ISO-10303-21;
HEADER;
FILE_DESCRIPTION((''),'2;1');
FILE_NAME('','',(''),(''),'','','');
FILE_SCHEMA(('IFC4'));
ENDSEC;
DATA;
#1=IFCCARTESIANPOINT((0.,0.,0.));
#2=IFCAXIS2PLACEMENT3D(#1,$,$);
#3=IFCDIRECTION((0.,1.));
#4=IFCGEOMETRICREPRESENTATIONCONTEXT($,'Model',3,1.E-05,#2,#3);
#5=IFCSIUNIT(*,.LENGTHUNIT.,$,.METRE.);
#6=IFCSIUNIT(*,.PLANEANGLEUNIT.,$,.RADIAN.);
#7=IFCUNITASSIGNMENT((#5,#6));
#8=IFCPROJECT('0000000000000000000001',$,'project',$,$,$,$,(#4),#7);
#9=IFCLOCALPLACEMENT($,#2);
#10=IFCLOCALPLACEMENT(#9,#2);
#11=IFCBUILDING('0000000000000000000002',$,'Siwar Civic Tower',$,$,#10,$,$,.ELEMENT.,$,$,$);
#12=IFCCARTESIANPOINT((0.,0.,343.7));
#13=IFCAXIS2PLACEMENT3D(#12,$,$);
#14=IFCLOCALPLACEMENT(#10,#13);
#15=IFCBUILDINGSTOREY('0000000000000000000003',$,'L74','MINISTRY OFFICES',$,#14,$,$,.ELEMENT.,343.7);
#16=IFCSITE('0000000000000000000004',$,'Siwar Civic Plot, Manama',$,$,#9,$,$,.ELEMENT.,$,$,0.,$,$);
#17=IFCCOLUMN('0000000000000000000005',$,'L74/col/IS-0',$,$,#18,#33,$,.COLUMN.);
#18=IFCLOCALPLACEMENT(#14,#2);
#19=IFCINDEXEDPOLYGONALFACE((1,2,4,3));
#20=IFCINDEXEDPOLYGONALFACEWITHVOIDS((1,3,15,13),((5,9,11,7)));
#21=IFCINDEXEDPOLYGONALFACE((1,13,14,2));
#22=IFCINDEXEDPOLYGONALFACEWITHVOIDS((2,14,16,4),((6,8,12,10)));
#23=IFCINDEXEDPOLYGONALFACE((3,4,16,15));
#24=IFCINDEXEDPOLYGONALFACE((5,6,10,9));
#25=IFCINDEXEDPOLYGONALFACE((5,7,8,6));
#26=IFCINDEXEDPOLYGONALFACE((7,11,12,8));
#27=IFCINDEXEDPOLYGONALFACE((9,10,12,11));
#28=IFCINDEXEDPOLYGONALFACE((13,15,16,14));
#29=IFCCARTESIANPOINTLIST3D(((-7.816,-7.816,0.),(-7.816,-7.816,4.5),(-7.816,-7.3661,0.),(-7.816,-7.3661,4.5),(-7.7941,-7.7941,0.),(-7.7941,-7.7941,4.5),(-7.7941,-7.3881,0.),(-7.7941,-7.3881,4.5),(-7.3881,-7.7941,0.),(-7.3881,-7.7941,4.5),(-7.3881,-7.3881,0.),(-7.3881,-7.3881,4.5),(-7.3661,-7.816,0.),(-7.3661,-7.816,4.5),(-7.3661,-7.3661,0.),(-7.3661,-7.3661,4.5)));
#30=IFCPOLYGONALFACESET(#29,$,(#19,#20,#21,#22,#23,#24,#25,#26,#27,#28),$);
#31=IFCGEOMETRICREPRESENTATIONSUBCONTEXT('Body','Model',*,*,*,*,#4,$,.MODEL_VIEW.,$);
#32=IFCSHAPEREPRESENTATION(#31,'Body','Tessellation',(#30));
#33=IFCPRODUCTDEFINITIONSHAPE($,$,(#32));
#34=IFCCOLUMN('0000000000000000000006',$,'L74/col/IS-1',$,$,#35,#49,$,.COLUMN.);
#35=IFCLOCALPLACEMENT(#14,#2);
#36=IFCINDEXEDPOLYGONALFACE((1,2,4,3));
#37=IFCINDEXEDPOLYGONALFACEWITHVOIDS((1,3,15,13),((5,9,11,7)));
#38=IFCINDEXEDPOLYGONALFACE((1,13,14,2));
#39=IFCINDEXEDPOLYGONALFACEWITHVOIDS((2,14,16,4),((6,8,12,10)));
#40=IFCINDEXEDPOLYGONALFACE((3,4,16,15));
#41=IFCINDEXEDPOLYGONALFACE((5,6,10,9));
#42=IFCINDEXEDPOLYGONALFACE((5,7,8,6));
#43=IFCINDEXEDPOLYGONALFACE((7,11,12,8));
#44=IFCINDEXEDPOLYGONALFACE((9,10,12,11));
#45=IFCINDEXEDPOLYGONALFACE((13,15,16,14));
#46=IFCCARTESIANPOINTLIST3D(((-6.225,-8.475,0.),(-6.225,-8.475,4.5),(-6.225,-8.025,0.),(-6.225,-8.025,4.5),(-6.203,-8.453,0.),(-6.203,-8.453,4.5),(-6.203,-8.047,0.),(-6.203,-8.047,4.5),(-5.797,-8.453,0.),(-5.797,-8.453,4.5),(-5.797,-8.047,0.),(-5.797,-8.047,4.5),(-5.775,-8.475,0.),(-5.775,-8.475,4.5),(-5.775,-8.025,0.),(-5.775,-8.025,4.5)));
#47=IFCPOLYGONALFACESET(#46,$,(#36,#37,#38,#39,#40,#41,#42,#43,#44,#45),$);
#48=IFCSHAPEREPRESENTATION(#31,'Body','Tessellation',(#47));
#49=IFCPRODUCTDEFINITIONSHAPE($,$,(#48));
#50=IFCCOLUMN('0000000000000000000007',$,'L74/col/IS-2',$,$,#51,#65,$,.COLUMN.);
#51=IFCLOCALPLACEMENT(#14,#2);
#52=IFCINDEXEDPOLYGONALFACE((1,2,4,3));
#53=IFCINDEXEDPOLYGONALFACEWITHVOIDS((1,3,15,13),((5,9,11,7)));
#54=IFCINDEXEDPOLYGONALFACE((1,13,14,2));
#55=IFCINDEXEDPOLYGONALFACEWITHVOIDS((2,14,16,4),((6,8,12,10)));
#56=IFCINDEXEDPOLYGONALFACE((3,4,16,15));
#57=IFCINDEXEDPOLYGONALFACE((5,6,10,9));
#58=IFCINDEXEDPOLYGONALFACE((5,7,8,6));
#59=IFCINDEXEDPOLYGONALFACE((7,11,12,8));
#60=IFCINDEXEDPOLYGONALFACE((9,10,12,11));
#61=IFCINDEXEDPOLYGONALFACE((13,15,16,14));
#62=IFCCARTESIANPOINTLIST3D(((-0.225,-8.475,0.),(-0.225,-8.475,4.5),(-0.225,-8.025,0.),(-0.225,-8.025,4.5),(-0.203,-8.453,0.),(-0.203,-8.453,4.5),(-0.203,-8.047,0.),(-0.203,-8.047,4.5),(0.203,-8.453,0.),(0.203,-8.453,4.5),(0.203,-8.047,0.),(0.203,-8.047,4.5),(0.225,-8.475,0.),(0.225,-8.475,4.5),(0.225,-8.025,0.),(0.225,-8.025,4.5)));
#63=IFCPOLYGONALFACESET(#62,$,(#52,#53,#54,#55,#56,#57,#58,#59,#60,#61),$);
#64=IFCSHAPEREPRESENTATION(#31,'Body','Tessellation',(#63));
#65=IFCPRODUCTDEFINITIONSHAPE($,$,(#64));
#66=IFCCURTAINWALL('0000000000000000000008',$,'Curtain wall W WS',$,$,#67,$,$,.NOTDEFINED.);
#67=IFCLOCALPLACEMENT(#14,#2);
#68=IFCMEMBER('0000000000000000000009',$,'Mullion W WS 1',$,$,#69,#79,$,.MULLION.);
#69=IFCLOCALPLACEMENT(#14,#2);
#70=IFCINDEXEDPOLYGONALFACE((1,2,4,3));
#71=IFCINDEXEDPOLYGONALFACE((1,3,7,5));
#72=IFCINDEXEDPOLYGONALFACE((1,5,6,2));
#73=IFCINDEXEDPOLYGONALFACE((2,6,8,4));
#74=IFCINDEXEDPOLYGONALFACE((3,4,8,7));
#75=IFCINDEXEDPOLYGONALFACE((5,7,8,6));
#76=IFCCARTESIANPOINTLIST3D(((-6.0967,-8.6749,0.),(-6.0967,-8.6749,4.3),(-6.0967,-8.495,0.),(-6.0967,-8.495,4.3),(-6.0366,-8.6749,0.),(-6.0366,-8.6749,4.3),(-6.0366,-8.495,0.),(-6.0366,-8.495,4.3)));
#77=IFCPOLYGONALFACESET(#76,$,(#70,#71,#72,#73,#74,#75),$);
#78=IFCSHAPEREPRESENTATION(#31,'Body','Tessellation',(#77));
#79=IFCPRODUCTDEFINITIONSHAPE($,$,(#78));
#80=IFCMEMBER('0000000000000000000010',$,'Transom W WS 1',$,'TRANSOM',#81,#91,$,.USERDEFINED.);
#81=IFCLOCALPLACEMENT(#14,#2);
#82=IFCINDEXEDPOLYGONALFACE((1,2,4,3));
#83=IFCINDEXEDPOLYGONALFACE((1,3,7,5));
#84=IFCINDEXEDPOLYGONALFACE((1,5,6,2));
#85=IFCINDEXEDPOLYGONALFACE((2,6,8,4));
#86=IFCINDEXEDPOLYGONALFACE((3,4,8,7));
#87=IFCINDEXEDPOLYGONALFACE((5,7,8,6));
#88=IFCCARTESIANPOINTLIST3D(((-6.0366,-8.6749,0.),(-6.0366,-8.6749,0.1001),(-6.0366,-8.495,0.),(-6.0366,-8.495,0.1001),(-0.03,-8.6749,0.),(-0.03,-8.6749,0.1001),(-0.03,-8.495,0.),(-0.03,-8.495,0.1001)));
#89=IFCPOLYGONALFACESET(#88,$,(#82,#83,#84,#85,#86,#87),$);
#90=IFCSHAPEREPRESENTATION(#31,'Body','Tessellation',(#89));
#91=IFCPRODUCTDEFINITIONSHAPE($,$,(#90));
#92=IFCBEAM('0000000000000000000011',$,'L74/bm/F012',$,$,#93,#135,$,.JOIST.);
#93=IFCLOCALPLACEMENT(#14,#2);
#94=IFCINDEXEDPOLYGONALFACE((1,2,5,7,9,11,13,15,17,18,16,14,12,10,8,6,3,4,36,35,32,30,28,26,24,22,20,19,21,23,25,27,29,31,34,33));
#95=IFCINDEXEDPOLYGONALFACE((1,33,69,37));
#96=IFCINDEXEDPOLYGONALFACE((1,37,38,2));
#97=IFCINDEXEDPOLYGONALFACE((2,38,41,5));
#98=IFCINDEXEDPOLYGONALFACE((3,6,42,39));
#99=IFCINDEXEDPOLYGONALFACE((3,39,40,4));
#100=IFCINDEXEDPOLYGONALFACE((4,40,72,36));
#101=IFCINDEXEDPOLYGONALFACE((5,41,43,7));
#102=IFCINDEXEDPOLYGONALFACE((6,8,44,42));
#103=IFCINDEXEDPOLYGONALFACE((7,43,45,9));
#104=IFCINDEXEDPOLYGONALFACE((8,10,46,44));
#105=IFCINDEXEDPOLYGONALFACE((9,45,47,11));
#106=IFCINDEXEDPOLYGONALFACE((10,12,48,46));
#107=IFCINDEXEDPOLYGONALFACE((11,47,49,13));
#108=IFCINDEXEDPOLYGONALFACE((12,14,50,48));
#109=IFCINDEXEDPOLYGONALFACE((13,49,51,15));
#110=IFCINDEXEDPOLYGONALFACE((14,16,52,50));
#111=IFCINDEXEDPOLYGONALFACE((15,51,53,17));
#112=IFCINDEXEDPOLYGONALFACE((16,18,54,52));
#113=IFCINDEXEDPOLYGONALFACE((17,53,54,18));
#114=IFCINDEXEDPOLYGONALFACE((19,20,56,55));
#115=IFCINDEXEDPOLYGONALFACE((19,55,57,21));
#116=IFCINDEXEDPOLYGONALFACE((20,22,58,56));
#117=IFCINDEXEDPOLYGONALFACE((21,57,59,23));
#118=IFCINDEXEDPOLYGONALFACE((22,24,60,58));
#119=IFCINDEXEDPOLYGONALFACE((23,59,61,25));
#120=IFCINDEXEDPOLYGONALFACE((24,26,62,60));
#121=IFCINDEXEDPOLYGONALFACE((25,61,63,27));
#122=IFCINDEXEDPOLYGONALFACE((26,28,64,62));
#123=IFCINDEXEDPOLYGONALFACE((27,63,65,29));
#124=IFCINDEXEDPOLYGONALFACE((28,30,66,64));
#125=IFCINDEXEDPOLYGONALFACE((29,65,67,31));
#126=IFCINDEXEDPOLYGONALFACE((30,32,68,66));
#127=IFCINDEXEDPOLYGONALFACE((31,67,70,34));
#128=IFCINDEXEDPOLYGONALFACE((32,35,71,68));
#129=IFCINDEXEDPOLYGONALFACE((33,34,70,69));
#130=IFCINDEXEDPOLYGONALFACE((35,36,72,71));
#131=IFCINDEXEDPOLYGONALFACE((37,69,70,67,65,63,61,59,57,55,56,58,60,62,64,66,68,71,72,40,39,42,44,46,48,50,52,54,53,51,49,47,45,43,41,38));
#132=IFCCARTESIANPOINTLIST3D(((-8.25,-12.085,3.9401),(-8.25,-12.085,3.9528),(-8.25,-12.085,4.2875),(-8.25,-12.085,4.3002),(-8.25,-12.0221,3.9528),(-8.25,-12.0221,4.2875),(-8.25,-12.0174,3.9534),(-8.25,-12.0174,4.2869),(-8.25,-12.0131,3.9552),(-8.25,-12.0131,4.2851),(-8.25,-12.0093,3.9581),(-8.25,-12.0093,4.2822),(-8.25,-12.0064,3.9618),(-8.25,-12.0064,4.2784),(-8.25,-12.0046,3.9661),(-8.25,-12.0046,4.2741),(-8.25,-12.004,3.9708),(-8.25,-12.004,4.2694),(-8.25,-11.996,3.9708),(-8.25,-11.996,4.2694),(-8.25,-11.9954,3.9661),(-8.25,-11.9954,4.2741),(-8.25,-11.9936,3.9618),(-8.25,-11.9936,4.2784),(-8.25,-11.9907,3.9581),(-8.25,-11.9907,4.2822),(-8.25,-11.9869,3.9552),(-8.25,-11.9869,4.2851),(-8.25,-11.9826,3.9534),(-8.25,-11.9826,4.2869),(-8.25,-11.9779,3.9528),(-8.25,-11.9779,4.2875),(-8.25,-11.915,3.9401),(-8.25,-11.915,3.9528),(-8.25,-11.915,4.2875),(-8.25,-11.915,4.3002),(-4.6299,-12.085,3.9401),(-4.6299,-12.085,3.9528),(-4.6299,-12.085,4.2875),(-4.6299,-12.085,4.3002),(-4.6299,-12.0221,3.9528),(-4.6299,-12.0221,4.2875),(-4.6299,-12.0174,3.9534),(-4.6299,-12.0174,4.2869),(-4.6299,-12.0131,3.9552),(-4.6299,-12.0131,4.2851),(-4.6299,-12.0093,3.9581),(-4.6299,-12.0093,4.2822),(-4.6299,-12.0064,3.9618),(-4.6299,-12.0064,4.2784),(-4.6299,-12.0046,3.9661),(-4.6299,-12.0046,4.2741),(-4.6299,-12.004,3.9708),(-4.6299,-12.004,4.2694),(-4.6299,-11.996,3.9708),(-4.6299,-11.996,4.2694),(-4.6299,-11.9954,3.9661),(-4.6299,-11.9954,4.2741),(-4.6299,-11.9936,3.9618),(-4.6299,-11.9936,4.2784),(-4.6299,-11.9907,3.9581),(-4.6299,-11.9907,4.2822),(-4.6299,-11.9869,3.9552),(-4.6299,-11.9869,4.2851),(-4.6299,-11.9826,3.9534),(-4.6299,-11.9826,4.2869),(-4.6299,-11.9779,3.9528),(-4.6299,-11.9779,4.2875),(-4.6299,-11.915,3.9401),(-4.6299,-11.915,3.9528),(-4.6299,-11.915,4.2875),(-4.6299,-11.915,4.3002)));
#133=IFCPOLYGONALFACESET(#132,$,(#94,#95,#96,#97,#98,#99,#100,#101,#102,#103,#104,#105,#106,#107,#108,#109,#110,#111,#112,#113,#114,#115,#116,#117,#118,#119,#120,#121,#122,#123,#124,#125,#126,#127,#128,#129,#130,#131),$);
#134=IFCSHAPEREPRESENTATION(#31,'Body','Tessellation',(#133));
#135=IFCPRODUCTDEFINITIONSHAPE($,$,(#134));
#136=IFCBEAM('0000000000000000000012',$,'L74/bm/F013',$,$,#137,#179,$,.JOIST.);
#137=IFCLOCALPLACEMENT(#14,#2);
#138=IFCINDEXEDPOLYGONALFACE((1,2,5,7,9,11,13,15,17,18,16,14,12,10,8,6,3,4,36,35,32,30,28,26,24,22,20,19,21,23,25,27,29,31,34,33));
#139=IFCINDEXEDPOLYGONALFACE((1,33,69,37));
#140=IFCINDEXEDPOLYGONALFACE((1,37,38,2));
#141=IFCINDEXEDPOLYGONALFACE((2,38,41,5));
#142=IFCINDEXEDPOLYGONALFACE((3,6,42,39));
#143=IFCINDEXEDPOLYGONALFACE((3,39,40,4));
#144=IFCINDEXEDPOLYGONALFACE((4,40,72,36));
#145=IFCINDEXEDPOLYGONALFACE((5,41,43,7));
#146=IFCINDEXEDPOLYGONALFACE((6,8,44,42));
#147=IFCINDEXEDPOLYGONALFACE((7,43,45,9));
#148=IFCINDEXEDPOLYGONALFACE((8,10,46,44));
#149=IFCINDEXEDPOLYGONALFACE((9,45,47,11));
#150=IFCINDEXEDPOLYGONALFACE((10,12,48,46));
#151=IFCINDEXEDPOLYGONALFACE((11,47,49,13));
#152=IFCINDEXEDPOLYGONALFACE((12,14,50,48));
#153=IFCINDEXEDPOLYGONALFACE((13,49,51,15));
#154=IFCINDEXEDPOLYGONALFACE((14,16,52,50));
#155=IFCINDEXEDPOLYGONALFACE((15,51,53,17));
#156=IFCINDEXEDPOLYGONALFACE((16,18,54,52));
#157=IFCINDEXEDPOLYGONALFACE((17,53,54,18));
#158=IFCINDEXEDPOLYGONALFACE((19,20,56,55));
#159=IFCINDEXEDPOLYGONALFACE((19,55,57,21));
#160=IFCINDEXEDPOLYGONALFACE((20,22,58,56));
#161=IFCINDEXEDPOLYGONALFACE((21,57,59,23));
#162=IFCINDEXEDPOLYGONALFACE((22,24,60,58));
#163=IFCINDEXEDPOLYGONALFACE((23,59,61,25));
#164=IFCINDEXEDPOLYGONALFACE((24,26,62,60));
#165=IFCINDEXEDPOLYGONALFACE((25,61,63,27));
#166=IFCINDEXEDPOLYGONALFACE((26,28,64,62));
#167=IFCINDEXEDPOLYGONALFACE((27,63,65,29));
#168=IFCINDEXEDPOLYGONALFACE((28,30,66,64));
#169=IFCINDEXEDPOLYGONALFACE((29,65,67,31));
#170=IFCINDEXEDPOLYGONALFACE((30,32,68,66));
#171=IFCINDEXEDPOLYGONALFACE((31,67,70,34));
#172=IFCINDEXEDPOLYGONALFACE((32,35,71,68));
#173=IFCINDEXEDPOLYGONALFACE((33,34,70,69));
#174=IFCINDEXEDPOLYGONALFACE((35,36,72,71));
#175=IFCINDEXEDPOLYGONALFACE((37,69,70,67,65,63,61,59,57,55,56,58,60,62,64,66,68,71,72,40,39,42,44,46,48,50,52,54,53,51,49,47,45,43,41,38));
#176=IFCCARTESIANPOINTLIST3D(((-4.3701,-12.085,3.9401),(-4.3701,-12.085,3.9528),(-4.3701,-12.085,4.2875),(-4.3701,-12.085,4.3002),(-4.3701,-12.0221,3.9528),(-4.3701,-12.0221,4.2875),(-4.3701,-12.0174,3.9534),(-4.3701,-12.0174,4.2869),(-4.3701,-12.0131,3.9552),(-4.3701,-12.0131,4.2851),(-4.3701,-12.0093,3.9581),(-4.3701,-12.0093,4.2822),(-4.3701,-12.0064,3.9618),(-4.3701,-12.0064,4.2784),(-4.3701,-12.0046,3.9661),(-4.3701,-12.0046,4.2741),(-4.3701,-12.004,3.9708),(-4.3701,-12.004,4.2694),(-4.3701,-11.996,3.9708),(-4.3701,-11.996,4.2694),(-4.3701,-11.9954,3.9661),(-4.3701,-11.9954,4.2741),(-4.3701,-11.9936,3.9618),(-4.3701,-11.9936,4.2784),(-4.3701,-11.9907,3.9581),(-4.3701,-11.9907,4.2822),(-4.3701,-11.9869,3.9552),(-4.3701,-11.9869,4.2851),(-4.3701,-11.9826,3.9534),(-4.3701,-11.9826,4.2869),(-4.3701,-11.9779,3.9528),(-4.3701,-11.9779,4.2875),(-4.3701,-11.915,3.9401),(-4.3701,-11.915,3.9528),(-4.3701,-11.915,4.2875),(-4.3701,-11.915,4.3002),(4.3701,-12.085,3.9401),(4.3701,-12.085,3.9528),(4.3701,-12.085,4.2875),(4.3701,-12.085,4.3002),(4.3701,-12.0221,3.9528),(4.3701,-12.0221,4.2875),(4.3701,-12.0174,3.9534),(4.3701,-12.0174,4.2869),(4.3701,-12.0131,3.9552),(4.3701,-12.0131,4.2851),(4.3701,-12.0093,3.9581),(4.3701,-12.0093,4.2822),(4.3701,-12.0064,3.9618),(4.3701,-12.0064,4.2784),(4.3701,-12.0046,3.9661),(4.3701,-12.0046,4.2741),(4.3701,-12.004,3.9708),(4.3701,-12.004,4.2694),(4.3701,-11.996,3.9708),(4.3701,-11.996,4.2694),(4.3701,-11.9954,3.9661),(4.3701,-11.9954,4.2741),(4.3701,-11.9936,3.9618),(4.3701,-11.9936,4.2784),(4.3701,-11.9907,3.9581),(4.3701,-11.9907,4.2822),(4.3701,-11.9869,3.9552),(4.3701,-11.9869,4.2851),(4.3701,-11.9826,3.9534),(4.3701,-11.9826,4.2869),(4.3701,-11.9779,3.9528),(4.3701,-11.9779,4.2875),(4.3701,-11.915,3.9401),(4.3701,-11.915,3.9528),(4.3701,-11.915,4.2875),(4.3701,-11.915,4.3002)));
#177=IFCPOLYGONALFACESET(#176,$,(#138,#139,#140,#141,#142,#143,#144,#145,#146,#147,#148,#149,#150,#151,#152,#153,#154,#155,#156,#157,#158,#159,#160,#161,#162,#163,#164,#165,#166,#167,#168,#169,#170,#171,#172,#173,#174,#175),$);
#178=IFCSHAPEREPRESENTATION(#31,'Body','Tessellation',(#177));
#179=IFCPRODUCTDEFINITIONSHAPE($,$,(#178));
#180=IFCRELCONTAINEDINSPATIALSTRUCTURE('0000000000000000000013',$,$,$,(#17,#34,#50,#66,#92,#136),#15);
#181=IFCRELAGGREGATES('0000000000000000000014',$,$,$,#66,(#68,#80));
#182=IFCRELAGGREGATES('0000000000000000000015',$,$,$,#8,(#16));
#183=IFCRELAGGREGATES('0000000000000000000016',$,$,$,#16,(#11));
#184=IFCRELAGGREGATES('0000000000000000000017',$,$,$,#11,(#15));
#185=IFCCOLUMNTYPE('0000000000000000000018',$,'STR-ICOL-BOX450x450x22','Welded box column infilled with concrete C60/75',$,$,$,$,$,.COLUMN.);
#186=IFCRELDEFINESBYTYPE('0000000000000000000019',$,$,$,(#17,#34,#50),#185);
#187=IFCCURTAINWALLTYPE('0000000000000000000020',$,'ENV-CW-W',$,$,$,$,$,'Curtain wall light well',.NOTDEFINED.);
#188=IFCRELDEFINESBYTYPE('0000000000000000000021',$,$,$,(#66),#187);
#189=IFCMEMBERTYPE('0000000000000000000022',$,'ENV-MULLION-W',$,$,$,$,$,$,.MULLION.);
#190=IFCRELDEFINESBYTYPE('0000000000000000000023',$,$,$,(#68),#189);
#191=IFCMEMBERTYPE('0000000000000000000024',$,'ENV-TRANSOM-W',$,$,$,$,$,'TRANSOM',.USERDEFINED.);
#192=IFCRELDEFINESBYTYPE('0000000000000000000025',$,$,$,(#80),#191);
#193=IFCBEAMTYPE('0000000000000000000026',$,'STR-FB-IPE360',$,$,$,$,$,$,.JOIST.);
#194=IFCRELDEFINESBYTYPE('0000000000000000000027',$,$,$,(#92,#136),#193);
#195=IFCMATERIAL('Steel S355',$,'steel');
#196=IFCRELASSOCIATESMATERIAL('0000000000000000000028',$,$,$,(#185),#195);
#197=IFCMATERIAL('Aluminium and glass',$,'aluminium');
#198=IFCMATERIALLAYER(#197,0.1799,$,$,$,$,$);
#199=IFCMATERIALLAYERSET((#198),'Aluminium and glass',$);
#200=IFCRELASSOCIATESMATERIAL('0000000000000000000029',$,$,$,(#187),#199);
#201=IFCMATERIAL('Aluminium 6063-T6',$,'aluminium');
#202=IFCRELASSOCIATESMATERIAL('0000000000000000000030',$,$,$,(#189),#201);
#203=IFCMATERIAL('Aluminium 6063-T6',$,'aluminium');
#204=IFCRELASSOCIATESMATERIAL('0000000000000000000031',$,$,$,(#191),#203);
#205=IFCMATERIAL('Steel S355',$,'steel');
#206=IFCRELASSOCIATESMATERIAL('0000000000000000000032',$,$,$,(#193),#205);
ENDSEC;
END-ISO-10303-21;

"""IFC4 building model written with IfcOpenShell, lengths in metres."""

from ifc_helpers import new_model, si_unit, direction, frame, origin, origin_2d, place, context, subcontext, project, spatial, rectangle, hollow_rectangle, i_section, extrude, material, layer, layer_set, material_profile, profile_set, type_object, element, aggregate, save


model = new_model("IFC4")

# Units and contexts
model_context = context("Model", 3, precision=1e-05, world=origin(), true_north=direction((0.0, 1.0)))
body_context = subcontext(model_context, "Body", "Model", "MODEL_VIEW")
ifc_project = project(units=[si_unit("LENGTHUNIT", "METRE"), si_unit("PLANEANGLEUNIT", "RADIAN")], contexts=[model_context])

# Site, building, storey
site_placement = place(None, origin())
site = spatial("IfcSite", under=ifc_project, at=site_placement, Name="Siwar Civic Plot, Manama", CompositionType="ELEMENT", RefElevation=0.0)
building_placement = place(site_placement, origin())
building = spatial("IfcBuilding", under=site, at=building_placement, Name="Siwar Civic Tower", CompositionType="ELEMENT")
storey_placement = place(building_placement, frame((0.0, 0.0, 343.7)))
storey = spatial("IfcBuildingStorey", under=building, at=storey_placement, Name="L74", Description="MINISTRY OFFICES", CompositionType="ELEMENT", Elevation=343.7)

# Columns
ifc_material_1 = material(Name="Steel S355", Category="steel")
ifc_material_profile_1 = material_profile(ifc_material_1, hollow_rectangle(XDim=0.45, YDim=0.45, WallThickness=0.022, at=origin_2d()), Name="BOX450x450x22")
ifc_profile_set_1 = profile_set([ifc_material_profile_1], Name="Steel S355")
column_type = type_object("IfcColumnType", Name="STR-ICOL-BOX450x450x22", Description="Welded box column infilled with concrete C60/75", PredefinedType="COLUMN", material=ifc_profile_set_1)
for number, where, z_axis, x_axis, name in (
    (1, (-7.5911, -7.5911, 0.0), (0.0, 0.0, 1.0), (1.0, 0.0, 0.0), "L74/col/IS-0"),
    (2, (-6.0, -8.25, 0.0), (0.0, 0.0, 1.0), (1.0, 0.0, 0.0), "L74/col/IS-1"),
    (3, (0.0, -8.25, 0.0), (0.0, 0.0, 1.0), (1.0, 0.0, 0.0), "L74/col/IS-2"),
):
    element("IfcColumn", number, at=place(storey_placement, frame(where, z_axis=z_axis, x_axis=x_axis)), inside=storey, type_object=column_type, Name=name, PredefinedType="COLUMN", context=body_context, shape_type="SweptSolid", body=[
        extrude(hollow_rectangle(XDim=0.45, YDim=0.45, WallThickness=0.022, at=origin_2d()), origin(), (0.0, 0.0, 1.0), 4.5),
    ])

# Curtain wall, members
ifc_material_2 = material(Name="Aluminium and glass", Category="aluminium")
ifc_layer_1 = layer(ifc_material_2, 0.1799)
ifc_layer_set_1 = layer_set([ifc_layer_1], Name="Aluminium and glass")
curtain_wall_type = type_object("IfcCurtainWallType", Name="ENV-CW-W", ElementType="Curtain wall light well", PredefinedType="NOTDEFINED", material=ifc_layer_set_1)
curtain_wall_placement = place(storey_placement, origin())
curtain_wall = element("IfcCurtainWall", 4, at=curtain_wall_placement, inside=storey, type_object=curtain_wall_type, Name="Curtain wall W WS", PredefinedType="NOTDEFINED")
ifc_material_3 = material(Name="Aluminium 6063-T6", Category="aluminium")
ifc_material_profile_2 = material_profile(ifc_material_3, rectangle(XDim=0.1799, YDim=0.0601, at=origin_2d()), Name="AL 180x60")
ifc_profile_set_2 = profile_set([ifc_material_profile_2], Name="Aluminium 6063-T6")
member_type_1 = type_object("IfcMemberType", Name="ENV-MULLION-W", PredefinedType="MULLION", material=ifc_profile_set_2)
member_1_placement = place(storey_placement, frame((-6.0667, -8.585, 0.0), z_axis=(0.0, 0.0, 1.0), x_axis=(0.0, 1.0, 0.0)))
member_1 = element("IfcMember", 5, at=member_1_placement, type_object=member_type_1, Name="Mullion W WS 1", PredefinedType="MULLION", context=body_context, shape_type="SweptSolid", body=[
    extrude(rectangle(XDim=0.1799, YDim=0.0601, at=origin_2d()), origin(), (0.0, 0.0, 1.0), 4.3),
])
ifc_material_4 = material(Name="Aluminium 6063-T6", Category="aluminium")
ifc_material_profile_3 = material_profile(ifc_material_4, rectangle(XDim=0.1799, YDim=0.1001, at=origin_2d()), Name="AL 180x100")
ifc_profile_set_3 = profile_set([ifc_material_profile_3], Name="Aluminium 6063-T6")
member_type_2 = type_object("IfcMemberType", Name="ENV-TRANSOM-W", ElementType="TRANSOM", PredefinedType="USERDEFINED", material=ifc_profile_set_3)
member_2_placement = place(storey_placement, frame((-6.0366, -8.585, 0.05), z_axis=(1.0, 0.0, 0.0), x_axis=(0.0, 1.0, 0.0)))
member_2 = element("IfcMember", 6, at=member_2_placement, type_object=member_type_2, Name="Transom W WS 1", ObjectType="TRANSOM", PredefinedType="USERDEFINED", context=body_context, shape_type="SweptSolid", body=[
    extrude(rectangle(XDim=0.1799, YDim=0.1001, at=origin_2d()), origin(), (0.0, 0.0, 1.0), 6.0066),
])

# Beams
ifc_material_5 = material(Name="Steel S355", Category="steel")
ifc_material_profile_4 = material_profile(ifc_material_5, i_section(OverallWidth=0.1699, OverallDepth=0.3601, WebThickness=0.0081, FlangeThickness=0.0127, FilletRadius=0.0181, at=origin_2d()), Name="IPE360")
ifc_profile_set_4 = profile_set([ifc_material_profile_4], Name="Steel S355")
beam_type_1 = type_object("IfcBeamType", Name="STR-FB-IPE360", PredefinedType="JOIST", material=ifc_profile_set_4)
beam_1_placement = place(storey_placement, frame((-8.25, -12.0, 4.1201), z_axis=(1.0, 0.0, 0.0), x_axis=(0.0, 1.0, 0.0)))
element("IfcBeam", 7, at=beam_1_placement, inside=storey, type_object=beam_type_1, Name="L74/bm/F012", PredefinedType="JOIST", context=body_context, shape_type="SweptSolid", body=[
    extrude(i_section(OverallWidth=0.1699, OverallDepth=0.3601, WebThickness=0.0081, FlangeThickness=0.0127, FilletRadius=0.0181, at=origin_2d()), origin(), (0.0, 0.0, 1.0), 3.6201),
])
beam_2_placement = place(storey_placement, frame((-4.3701, -12.0, 4.1201), z_axis=(1.0, 0.0, 0.0), x_axis=(0.0, 1.0, 0.0)))
element("IfcBeam", 8, at=beam_2_placement, inside=storey, type_object=beam_type_1, Name="L74/bm/F013", PredefinedType="JOIST", context=body_context, shape_type="SweptSolid", body=[
    extrude(i_section(OverallWidth=0.1699, OverallDepth=0.3601, WebThickness=0.0081, FlangeThickness=0.0127, FilletRadius=0.0181, at=origin_2d()), origin(), (0.0, 0.0, 1.0), 8.7402),
])

aggregate(curtain_wall, [member_1, member_2])

save(model, "model.ifc")
